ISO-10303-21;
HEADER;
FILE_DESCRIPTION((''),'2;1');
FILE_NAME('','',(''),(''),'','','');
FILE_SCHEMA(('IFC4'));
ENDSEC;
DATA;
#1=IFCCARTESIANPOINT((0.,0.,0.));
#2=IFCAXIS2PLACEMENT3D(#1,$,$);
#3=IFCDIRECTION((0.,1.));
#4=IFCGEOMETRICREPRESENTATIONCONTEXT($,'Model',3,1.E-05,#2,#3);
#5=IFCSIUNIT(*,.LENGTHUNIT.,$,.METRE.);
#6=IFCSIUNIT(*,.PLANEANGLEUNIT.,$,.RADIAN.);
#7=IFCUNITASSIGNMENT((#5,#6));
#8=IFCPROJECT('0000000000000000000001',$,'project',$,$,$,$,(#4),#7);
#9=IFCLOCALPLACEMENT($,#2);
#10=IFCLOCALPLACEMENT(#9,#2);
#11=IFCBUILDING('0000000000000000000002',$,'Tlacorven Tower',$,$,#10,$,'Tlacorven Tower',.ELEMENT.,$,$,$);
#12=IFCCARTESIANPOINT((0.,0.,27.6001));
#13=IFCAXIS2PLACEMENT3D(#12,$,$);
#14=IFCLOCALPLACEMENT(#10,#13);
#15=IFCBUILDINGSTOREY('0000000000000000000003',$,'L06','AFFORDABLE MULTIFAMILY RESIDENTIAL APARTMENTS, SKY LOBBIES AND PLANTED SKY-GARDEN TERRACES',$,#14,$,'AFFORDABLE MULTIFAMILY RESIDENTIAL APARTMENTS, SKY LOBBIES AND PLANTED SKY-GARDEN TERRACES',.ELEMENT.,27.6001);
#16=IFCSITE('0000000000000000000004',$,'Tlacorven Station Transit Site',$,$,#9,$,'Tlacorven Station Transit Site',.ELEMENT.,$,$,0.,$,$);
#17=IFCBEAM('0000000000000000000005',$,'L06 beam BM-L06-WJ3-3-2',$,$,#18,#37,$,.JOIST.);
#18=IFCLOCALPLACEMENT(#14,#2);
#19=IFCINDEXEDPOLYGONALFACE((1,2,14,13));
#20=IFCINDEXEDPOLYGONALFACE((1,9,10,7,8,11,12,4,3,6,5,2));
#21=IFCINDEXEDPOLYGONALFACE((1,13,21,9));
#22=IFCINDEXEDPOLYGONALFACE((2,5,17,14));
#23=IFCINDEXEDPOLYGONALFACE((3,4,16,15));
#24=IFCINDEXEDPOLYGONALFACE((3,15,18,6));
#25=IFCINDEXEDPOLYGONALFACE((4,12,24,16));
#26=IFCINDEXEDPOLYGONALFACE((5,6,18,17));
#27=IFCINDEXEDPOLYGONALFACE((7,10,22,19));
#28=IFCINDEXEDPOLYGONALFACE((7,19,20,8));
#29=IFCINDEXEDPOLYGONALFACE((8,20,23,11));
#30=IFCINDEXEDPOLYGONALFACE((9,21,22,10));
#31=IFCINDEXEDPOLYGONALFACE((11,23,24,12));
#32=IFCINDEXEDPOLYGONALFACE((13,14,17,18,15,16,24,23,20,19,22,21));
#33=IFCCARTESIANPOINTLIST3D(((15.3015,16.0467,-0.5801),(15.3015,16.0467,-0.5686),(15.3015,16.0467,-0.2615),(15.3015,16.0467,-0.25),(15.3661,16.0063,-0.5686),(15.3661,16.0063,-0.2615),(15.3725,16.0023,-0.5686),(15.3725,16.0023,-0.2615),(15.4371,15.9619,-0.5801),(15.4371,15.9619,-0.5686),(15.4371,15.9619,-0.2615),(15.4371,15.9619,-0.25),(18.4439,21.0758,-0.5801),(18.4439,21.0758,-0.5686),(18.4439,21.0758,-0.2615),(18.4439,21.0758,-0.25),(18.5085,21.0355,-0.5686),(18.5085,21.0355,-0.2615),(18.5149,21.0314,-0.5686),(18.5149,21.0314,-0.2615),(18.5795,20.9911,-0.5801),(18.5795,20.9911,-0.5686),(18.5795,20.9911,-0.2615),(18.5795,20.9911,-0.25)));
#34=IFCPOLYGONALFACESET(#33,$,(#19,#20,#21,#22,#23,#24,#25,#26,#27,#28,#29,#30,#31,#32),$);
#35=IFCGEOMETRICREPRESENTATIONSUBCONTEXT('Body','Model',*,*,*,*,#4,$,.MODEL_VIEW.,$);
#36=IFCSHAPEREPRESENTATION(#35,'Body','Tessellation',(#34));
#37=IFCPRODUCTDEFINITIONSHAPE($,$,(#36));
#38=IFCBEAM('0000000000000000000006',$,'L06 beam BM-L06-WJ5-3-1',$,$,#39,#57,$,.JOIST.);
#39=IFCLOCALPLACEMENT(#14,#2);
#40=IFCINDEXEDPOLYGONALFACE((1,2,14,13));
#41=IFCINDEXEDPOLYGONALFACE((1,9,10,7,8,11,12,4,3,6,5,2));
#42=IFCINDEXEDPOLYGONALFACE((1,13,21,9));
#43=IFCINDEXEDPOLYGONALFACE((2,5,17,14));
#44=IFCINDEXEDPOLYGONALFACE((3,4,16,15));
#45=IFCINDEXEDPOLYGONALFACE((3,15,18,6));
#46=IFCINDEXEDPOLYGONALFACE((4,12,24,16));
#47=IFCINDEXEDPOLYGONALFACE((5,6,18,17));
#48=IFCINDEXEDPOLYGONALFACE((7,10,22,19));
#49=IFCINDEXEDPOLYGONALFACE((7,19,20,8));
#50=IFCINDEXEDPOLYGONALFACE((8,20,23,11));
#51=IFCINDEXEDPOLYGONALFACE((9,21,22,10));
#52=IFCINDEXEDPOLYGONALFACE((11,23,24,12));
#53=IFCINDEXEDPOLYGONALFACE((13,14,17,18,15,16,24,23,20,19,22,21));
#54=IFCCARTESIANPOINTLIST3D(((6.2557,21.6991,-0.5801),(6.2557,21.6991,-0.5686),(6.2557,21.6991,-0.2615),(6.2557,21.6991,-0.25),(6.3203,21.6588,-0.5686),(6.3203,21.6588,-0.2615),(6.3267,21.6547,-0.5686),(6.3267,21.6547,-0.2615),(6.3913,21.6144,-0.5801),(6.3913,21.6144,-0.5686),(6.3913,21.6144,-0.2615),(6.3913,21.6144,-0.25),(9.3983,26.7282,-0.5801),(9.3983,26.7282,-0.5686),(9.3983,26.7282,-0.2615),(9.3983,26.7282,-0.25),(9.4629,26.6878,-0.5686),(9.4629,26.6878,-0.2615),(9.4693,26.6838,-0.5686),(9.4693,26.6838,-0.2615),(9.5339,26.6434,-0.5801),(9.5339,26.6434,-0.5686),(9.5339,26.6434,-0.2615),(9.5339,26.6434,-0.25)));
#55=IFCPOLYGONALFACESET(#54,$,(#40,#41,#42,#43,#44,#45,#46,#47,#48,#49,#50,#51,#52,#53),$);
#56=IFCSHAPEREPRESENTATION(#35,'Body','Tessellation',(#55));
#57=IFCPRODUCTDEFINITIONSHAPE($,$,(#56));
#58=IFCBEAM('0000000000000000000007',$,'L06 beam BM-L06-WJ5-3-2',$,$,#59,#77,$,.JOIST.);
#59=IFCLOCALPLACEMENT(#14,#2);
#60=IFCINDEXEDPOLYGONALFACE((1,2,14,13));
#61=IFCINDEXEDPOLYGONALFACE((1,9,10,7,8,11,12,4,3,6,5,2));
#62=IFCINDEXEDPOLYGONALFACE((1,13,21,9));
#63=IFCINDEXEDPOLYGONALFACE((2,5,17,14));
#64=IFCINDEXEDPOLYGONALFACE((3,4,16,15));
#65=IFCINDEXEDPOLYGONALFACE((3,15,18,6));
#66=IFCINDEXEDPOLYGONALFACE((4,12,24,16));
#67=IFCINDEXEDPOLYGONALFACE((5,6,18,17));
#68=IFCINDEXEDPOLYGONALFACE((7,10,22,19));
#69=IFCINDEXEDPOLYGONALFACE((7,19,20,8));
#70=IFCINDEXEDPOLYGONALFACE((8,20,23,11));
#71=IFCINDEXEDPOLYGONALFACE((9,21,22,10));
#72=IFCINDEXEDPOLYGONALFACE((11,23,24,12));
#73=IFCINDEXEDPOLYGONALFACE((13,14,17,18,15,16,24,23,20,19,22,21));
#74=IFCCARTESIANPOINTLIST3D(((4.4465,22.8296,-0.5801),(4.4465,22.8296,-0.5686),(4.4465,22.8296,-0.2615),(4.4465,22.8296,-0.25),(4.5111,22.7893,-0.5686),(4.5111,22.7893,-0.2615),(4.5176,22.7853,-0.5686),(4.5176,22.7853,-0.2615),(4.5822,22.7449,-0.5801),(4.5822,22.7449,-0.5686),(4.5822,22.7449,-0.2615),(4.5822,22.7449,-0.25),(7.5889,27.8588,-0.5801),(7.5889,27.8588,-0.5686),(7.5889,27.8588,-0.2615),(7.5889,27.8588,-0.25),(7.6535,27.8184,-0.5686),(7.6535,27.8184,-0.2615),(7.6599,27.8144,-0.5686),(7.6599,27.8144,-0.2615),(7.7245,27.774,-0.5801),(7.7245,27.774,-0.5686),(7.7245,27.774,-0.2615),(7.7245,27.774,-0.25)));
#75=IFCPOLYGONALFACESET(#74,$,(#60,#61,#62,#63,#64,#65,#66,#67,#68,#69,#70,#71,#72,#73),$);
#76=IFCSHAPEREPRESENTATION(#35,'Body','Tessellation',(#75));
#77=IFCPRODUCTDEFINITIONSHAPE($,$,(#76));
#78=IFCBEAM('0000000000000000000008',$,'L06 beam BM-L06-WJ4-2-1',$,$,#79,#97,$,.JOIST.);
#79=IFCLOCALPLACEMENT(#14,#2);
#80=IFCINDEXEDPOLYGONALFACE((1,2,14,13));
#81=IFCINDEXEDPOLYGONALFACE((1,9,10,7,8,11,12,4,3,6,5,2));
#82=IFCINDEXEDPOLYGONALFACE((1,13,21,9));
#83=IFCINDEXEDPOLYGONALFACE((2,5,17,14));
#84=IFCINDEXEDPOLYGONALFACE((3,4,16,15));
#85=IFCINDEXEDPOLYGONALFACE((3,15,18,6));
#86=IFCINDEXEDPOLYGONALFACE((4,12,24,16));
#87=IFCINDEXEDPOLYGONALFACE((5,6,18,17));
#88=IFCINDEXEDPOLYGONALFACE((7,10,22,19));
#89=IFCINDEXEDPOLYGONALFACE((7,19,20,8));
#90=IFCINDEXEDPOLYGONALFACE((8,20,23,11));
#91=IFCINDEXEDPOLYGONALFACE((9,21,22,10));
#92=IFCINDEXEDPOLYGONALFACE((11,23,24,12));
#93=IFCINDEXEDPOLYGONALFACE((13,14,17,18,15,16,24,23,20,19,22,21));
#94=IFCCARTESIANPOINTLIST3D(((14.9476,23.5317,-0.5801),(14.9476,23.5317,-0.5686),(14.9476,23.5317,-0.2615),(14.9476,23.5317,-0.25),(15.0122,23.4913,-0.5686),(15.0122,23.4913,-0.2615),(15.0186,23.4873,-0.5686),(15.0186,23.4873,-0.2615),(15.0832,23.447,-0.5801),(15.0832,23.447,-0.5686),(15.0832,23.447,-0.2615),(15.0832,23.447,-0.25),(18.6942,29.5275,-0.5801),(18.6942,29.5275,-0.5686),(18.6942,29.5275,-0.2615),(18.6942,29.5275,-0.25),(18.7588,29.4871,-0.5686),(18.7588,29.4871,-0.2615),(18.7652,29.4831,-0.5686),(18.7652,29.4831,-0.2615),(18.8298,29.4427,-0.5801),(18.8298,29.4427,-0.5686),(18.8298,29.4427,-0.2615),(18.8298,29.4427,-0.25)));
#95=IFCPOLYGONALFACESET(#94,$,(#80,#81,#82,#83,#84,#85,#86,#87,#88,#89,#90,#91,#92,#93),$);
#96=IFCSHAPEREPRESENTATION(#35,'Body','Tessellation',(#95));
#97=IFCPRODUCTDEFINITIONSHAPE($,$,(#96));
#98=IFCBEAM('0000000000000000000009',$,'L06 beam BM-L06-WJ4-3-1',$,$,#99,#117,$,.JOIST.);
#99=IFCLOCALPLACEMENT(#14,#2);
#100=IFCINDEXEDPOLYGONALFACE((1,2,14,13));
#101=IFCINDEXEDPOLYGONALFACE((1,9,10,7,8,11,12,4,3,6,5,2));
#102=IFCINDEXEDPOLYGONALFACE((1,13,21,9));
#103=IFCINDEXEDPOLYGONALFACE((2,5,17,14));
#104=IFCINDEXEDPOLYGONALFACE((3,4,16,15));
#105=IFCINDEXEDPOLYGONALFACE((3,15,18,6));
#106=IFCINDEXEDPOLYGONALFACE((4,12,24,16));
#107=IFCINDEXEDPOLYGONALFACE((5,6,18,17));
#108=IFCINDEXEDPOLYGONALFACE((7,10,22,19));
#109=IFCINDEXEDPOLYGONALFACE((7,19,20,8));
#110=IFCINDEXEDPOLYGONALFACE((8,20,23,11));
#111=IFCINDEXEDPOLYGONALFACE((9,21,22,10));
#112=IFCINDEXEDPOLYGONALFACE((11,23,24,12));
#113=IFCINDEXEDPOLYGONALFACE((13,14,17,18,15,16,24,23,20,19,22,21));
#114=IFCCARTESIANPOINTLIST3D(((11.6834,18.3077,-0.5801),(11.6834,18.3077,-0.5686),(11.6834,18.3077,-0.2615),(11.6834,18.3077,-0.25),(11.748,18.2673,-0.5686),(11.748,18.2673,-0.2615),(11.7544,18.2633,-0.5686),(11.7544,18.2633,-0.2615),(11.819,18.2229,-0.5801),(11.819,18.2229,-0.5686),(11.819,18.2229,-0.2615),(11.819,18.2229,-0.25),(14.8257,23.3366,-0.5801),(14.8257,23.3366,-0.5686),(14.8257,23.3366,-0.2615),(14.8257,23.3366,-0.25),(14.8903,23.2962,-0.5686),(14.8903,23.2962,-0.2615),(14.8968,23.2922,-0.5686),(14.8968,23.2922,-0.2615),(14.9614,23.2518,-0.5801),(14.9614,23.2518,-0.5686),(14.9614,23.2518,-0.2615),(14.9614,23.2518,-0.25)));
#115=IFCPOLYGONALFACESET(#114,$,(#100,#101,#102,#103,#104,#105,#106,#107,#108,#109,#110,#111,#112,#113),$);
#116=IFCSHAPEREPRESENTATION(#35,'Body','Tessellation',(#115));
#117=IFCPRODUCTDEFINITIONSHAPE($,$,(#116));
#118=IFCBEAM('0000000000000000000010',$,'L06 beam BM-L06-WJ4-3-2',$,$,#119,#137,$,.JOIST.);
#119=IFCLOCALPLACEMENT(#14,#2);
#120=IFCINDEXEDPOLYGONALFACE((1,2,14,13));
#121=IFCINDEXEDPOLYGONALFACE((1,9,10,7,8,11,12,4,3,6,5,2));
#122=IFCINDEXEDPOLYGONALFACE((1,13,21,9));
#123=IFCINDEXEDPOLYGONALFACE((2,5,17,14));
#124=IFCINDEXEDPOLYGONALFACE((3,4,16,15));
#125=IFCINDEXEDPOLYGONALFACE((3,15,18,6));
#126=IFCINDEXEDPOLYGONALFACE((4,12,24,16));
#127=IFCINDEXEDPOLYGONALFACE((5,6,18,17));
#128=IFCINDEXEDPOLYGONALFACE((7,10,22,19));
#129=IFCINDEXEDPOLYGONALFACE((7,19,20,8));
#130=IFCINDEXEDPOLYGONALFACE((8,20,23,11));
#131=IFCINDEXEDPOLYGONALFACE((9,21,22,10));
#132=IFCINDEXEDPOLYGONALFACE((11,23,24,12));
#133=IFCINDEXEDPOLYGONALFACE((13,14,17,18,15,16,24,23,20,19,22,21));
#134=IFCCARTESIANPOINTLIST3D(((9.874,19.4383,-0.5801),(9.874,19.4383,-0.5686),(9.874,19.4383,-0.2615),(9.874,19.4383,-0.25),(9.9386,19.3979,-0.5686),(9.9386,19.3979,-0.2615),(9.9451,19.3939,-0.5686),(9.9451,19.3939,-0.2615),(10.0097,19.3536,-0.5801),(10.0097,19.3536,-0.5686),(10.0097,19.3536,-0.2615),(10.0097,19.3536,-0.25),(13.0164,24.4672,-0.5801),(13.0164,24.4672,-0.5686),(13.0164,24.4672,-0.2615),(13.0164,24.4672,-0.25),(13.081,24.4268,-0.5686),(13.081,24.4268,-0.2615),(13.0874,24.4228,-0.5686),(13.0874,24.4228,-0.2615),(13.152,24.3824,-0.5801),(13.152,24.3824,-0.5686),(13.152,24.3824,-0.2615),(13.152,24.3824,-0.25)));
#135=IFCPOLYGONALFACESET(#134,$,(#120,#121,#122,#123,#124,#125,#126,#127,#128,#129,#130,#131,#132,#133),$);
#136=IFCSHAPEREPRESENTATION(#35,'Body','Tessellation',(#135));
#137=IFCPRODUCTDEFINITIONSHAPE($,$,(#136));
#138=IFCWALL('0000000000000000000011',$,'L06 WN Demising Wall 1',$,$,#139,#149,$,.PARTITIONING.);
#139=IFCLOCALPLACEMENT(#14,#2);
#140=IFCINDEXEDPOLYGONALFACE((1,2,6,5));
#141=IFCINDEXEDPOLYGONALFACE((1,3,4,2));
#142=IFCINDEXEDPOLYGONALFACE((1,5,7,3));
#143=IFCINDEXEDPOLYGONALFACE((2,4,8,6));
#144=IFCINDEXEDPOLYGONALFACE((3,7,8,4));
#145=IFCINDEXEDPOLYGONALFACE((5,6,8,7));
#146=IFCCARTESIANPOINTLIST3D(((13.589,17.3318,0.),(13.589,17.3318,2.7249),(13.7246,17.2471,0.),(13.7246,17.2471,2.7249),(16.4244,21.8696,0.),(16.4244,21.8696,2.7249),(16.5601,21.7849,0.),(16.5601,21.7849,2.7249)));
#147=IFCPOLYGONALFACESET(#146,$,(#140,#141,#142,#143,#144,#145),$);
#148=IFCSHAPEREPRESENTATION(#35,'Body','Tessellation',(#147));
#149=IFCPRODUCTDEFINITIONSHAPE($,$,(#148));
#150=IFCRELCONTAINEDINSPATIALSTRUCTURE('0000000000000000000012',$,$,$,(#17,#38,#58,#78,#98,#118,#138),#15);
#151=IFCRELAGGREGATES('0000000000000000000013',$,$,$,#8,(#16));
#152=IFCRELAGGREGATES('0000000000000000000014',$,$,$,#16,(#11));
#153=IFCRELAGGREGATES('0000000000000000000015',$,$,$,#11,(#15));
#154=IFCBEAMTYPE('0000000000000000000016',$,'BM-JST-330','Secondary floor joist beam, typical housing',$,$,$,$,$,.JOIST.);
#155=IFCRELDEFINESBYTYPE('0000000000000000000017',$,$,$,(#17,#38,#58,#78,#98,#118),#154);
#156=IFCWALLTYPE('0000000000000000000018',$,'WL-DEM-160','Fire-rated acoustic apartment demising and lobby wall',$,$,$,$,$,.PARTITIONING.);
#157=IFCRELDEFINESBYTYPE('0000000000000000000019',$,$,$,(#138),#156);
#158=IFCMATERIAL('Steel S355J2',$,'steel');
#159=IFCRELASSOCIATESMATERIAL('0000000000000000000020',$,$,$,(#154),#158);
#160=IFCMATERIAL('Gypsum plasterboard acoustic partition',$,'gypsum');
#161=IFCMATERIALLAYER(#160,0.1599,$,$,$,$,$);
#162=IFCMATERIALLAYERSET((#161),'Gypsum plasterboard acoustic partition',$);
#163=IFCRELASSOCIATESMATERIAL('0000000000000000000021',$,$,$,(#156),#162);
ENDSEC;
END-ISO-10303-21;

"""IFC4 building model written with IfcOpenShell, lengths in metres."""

from ifc_helpers import new_model, si_unit, direction, frame, frame_2d, origin, origin_2d, place, context, subcontext, project, spatial, rectangle, i_section, extrude, source, transform, mapped, material, layer, layer_set, material_profile, profile_set, type_object, element, save


model = new_model("IFC4")

# Units and contexts
model_context = context("Model", 3, precision=1e-05, world=origin(), true_north=direction((0.0, 1.0)))
body_context = subcontext(model_context, "Body", "Model", "MODEL_VIEW")
ifc_project = project(units=[si_unit("LENGTHUNIT", "METRE"), si_unit("PLANEANGLEUNIT", "RADIAN")], contexts=[model_context])

# Site, building, storey
site_placement = place(None, origin())
site = spatial("IfcSite", under=ifc_project, at=site_placement, Name="Tlacorven Station Transit Site", LongName="Tlacorven Station Transit Site", CompositionType="ELEMENT", RefElevation=0.0)
building_placement = place(site_placement, origin())
building = spatial("IfcBuilding", under=site, at=building_placement, Name="Tlacorven Tower", LongName="Tlacorven Tower", CompositionType="ELEMENT")
storey_placement = place(building_placement, frame((0.0, 0.0, 27.6001)))
storey = spatial("IfcBuildingStorey", under=building, at=storey_placement, Name="L06", Description="AFFORDABLE MULTIFAMILY RESIDENTIAL APARTMENTS, SKY LOBBIES AND PLANTED SKY-GARDEN TERRACES", LongName="AFFORDABLE MULTIFAMILY RESIDENTIAL APARTMENTS, SKY LOBBIES AND PLANTED SKY-GARDEN TERRACES", CompositionType="ELEMENT", Elevation=27.6001)

# Beams
ifc_material_1 = material(Name="Steel S355J2", Category="steel")
ifc_material_profile_1 = material_profile(ifc_material_1, i_section(OverallWidth=0.1599, OverallDepth=0.3301, WebThickness=0.0076, FlangeThickness=0.0115, at=origin_2d()), Name="IPE 330")
ifc_profile_set_1 = profile_set([ifc_material_profile_1], Name="Steel S355J2")
beam_type_1 = type_object("IfcBeamType", Name="BM-JST-330", Description="Secondary floor joist beam, typical housing", PredefinedType="JOIST", material=ifc_profile_set_1)
shared_shape_1 = source(origin(), body_context, "Body", "SweptSolid", [
    extrude(i_section(OverallWidth=0.1599, OverallDepth=0.3301, WebThickness=0.0076, FlangeThickness=0.0115, at=origin_2d()), origin(), (0.0, 0.0, 1.0), 5.9302),
])
for number, where, z_axis, x_axis, name in (
    (1, (18.5117, 21.0334, -0.415), (-0.529899, -0.848061, 0.0), (0.848061, -0.529899, 0.0), "L06 beam BM-L06-WJ3-3-2"),
    (2, (9.4661, 26.6858, -0.415), (-0.529929, -0.848042, 0.0), (0.848042, -0.529929, 0.0), "L06 beam BM-L06-WJ5-3-1"),
    (3, (7.6567, 27.8164, -0.415), (-0.529899, -0.848061, 0.0), (0.848061, -0.529899, 0.0), "L06 beam BM-L06-WJ5-3-2"),
):
    element("IfcBeam", number, at=place(storey_placement, frame(where, z_axis=z_axis, x_axis=x_axis)), inside=storey, type_object=beam_type_1, Name=name, PredefinedType="JOIST", context=body_context, shape_type="MappedRepresentation", body=[
        mapped(shared_shape_1, transform((0.0, 0.0, 0.0), scale=1.0)),
    ])
shared_shape_2 = source(origin(), body_context, "Body", "SweptSolid", [
    extrude(i_section(OverallWidth=0.1599, OverallDepth=0.3301, WebThickness=0.0076, FlangeThickness=0.0115, at=origin_2d()), origin(), (0.0, 0.0, 1.0), 7.0701),
])
beam_placement = place(storey_placement, frame((18.762, 29.4851, -0.415), z_axis=(-0.529915, -0.848051, 0.0), x_axis=(0.848051, -0.529915, 0.0)))
element("IfcBeam", 4, at=beam_placement, inside=storey, type_object=beam_type_1, Name="L06 beam BM-L06-WJ4-2-1", PredefinedType="JOIST", context=body_context, shape_type="MappedRepresentation", body=[
    mapped(shared_shape_2, transform((0.0, 0.0, 0.0), scale=1.0)),
])
shared_shape_3 = source(origin(), body_context, "Body", "SweptSolid", [
    extrude(i_section(OverallWidth=0.1599, OverallDepth=0.3301, WebThickness=0.0076, FlangeThickness=0.0115, at=origin_2d()), origin(), (0.0, 0.0, 1.0), 5.9299),
])
for number, where, z_axis, x_axis, name in (
    (5, (14.8936, 23.2942, -0.415), (-0.529918, -0.848049, 0.0), (0.848049, -0.529918, 0.0), "L06 beam BM-L06-WJ4-3-1"),
    (6, (13.0842, 24.4248, -0.415), (-0.529918, -0.848049, 0.0), (0.848049, -0.529918, 0.0), "L06 beam BM-L06-WJ4-3-2"),
):
    element("IfcBeam", number, at=place(storey_placement, frame(where, z_axis=z_axis, x_axis=x_axis)), inside=storey, type_object=beam_type_1, Name=name, PredefinedType="JOIST", context=body_context, shape_type="MappedRepresentation", body=[
        mapped(shared_shape_3, transform((0.0, 0.0, 0.0), scale=1.0)),
    ])

# Wall
ifc_material_2 = material(Name="Gypsum plasterboard acoustic partition", Category="gypsum")
ifc_layer_1 = layer(ifc_material_2, 0.1599)
ifc_layer_set_1 = layer_set([ifc_layer_1], Name="Gypsum plasterboard acoustic partition")
wall_type_1 = type_object("IfcWallType", Name="WL-DEM-160", Description="Fire-rated acoustic apartment demising and lobby wall", PredefinedType="PARTITIONING", material=ifc_layer_set_1)
wall_1_placement = place(storey_placement, frame((16.4922, 21.8271, 0.0), z_axis=(0.0, 0.0, 1.0), x_axis=(-0.529905, -0.848057, 0.0)))
element("IfcWall", 7, at=wall_1_placement, inside=storey, type_object=wall_type_1, Name="L06 WN Demising Wall 1", PredefinedType="PARTITIONING", context=body_context, shape_type="SweptSolid", body=[
    extrude(rectangle(XDim=5.3508, YDim=0.1599, at=frame_2d((2.6753, 0.0))), origin(), (0.0, 0.0, 1.0), 2.7249),
])

save(model, "model.ifc")
